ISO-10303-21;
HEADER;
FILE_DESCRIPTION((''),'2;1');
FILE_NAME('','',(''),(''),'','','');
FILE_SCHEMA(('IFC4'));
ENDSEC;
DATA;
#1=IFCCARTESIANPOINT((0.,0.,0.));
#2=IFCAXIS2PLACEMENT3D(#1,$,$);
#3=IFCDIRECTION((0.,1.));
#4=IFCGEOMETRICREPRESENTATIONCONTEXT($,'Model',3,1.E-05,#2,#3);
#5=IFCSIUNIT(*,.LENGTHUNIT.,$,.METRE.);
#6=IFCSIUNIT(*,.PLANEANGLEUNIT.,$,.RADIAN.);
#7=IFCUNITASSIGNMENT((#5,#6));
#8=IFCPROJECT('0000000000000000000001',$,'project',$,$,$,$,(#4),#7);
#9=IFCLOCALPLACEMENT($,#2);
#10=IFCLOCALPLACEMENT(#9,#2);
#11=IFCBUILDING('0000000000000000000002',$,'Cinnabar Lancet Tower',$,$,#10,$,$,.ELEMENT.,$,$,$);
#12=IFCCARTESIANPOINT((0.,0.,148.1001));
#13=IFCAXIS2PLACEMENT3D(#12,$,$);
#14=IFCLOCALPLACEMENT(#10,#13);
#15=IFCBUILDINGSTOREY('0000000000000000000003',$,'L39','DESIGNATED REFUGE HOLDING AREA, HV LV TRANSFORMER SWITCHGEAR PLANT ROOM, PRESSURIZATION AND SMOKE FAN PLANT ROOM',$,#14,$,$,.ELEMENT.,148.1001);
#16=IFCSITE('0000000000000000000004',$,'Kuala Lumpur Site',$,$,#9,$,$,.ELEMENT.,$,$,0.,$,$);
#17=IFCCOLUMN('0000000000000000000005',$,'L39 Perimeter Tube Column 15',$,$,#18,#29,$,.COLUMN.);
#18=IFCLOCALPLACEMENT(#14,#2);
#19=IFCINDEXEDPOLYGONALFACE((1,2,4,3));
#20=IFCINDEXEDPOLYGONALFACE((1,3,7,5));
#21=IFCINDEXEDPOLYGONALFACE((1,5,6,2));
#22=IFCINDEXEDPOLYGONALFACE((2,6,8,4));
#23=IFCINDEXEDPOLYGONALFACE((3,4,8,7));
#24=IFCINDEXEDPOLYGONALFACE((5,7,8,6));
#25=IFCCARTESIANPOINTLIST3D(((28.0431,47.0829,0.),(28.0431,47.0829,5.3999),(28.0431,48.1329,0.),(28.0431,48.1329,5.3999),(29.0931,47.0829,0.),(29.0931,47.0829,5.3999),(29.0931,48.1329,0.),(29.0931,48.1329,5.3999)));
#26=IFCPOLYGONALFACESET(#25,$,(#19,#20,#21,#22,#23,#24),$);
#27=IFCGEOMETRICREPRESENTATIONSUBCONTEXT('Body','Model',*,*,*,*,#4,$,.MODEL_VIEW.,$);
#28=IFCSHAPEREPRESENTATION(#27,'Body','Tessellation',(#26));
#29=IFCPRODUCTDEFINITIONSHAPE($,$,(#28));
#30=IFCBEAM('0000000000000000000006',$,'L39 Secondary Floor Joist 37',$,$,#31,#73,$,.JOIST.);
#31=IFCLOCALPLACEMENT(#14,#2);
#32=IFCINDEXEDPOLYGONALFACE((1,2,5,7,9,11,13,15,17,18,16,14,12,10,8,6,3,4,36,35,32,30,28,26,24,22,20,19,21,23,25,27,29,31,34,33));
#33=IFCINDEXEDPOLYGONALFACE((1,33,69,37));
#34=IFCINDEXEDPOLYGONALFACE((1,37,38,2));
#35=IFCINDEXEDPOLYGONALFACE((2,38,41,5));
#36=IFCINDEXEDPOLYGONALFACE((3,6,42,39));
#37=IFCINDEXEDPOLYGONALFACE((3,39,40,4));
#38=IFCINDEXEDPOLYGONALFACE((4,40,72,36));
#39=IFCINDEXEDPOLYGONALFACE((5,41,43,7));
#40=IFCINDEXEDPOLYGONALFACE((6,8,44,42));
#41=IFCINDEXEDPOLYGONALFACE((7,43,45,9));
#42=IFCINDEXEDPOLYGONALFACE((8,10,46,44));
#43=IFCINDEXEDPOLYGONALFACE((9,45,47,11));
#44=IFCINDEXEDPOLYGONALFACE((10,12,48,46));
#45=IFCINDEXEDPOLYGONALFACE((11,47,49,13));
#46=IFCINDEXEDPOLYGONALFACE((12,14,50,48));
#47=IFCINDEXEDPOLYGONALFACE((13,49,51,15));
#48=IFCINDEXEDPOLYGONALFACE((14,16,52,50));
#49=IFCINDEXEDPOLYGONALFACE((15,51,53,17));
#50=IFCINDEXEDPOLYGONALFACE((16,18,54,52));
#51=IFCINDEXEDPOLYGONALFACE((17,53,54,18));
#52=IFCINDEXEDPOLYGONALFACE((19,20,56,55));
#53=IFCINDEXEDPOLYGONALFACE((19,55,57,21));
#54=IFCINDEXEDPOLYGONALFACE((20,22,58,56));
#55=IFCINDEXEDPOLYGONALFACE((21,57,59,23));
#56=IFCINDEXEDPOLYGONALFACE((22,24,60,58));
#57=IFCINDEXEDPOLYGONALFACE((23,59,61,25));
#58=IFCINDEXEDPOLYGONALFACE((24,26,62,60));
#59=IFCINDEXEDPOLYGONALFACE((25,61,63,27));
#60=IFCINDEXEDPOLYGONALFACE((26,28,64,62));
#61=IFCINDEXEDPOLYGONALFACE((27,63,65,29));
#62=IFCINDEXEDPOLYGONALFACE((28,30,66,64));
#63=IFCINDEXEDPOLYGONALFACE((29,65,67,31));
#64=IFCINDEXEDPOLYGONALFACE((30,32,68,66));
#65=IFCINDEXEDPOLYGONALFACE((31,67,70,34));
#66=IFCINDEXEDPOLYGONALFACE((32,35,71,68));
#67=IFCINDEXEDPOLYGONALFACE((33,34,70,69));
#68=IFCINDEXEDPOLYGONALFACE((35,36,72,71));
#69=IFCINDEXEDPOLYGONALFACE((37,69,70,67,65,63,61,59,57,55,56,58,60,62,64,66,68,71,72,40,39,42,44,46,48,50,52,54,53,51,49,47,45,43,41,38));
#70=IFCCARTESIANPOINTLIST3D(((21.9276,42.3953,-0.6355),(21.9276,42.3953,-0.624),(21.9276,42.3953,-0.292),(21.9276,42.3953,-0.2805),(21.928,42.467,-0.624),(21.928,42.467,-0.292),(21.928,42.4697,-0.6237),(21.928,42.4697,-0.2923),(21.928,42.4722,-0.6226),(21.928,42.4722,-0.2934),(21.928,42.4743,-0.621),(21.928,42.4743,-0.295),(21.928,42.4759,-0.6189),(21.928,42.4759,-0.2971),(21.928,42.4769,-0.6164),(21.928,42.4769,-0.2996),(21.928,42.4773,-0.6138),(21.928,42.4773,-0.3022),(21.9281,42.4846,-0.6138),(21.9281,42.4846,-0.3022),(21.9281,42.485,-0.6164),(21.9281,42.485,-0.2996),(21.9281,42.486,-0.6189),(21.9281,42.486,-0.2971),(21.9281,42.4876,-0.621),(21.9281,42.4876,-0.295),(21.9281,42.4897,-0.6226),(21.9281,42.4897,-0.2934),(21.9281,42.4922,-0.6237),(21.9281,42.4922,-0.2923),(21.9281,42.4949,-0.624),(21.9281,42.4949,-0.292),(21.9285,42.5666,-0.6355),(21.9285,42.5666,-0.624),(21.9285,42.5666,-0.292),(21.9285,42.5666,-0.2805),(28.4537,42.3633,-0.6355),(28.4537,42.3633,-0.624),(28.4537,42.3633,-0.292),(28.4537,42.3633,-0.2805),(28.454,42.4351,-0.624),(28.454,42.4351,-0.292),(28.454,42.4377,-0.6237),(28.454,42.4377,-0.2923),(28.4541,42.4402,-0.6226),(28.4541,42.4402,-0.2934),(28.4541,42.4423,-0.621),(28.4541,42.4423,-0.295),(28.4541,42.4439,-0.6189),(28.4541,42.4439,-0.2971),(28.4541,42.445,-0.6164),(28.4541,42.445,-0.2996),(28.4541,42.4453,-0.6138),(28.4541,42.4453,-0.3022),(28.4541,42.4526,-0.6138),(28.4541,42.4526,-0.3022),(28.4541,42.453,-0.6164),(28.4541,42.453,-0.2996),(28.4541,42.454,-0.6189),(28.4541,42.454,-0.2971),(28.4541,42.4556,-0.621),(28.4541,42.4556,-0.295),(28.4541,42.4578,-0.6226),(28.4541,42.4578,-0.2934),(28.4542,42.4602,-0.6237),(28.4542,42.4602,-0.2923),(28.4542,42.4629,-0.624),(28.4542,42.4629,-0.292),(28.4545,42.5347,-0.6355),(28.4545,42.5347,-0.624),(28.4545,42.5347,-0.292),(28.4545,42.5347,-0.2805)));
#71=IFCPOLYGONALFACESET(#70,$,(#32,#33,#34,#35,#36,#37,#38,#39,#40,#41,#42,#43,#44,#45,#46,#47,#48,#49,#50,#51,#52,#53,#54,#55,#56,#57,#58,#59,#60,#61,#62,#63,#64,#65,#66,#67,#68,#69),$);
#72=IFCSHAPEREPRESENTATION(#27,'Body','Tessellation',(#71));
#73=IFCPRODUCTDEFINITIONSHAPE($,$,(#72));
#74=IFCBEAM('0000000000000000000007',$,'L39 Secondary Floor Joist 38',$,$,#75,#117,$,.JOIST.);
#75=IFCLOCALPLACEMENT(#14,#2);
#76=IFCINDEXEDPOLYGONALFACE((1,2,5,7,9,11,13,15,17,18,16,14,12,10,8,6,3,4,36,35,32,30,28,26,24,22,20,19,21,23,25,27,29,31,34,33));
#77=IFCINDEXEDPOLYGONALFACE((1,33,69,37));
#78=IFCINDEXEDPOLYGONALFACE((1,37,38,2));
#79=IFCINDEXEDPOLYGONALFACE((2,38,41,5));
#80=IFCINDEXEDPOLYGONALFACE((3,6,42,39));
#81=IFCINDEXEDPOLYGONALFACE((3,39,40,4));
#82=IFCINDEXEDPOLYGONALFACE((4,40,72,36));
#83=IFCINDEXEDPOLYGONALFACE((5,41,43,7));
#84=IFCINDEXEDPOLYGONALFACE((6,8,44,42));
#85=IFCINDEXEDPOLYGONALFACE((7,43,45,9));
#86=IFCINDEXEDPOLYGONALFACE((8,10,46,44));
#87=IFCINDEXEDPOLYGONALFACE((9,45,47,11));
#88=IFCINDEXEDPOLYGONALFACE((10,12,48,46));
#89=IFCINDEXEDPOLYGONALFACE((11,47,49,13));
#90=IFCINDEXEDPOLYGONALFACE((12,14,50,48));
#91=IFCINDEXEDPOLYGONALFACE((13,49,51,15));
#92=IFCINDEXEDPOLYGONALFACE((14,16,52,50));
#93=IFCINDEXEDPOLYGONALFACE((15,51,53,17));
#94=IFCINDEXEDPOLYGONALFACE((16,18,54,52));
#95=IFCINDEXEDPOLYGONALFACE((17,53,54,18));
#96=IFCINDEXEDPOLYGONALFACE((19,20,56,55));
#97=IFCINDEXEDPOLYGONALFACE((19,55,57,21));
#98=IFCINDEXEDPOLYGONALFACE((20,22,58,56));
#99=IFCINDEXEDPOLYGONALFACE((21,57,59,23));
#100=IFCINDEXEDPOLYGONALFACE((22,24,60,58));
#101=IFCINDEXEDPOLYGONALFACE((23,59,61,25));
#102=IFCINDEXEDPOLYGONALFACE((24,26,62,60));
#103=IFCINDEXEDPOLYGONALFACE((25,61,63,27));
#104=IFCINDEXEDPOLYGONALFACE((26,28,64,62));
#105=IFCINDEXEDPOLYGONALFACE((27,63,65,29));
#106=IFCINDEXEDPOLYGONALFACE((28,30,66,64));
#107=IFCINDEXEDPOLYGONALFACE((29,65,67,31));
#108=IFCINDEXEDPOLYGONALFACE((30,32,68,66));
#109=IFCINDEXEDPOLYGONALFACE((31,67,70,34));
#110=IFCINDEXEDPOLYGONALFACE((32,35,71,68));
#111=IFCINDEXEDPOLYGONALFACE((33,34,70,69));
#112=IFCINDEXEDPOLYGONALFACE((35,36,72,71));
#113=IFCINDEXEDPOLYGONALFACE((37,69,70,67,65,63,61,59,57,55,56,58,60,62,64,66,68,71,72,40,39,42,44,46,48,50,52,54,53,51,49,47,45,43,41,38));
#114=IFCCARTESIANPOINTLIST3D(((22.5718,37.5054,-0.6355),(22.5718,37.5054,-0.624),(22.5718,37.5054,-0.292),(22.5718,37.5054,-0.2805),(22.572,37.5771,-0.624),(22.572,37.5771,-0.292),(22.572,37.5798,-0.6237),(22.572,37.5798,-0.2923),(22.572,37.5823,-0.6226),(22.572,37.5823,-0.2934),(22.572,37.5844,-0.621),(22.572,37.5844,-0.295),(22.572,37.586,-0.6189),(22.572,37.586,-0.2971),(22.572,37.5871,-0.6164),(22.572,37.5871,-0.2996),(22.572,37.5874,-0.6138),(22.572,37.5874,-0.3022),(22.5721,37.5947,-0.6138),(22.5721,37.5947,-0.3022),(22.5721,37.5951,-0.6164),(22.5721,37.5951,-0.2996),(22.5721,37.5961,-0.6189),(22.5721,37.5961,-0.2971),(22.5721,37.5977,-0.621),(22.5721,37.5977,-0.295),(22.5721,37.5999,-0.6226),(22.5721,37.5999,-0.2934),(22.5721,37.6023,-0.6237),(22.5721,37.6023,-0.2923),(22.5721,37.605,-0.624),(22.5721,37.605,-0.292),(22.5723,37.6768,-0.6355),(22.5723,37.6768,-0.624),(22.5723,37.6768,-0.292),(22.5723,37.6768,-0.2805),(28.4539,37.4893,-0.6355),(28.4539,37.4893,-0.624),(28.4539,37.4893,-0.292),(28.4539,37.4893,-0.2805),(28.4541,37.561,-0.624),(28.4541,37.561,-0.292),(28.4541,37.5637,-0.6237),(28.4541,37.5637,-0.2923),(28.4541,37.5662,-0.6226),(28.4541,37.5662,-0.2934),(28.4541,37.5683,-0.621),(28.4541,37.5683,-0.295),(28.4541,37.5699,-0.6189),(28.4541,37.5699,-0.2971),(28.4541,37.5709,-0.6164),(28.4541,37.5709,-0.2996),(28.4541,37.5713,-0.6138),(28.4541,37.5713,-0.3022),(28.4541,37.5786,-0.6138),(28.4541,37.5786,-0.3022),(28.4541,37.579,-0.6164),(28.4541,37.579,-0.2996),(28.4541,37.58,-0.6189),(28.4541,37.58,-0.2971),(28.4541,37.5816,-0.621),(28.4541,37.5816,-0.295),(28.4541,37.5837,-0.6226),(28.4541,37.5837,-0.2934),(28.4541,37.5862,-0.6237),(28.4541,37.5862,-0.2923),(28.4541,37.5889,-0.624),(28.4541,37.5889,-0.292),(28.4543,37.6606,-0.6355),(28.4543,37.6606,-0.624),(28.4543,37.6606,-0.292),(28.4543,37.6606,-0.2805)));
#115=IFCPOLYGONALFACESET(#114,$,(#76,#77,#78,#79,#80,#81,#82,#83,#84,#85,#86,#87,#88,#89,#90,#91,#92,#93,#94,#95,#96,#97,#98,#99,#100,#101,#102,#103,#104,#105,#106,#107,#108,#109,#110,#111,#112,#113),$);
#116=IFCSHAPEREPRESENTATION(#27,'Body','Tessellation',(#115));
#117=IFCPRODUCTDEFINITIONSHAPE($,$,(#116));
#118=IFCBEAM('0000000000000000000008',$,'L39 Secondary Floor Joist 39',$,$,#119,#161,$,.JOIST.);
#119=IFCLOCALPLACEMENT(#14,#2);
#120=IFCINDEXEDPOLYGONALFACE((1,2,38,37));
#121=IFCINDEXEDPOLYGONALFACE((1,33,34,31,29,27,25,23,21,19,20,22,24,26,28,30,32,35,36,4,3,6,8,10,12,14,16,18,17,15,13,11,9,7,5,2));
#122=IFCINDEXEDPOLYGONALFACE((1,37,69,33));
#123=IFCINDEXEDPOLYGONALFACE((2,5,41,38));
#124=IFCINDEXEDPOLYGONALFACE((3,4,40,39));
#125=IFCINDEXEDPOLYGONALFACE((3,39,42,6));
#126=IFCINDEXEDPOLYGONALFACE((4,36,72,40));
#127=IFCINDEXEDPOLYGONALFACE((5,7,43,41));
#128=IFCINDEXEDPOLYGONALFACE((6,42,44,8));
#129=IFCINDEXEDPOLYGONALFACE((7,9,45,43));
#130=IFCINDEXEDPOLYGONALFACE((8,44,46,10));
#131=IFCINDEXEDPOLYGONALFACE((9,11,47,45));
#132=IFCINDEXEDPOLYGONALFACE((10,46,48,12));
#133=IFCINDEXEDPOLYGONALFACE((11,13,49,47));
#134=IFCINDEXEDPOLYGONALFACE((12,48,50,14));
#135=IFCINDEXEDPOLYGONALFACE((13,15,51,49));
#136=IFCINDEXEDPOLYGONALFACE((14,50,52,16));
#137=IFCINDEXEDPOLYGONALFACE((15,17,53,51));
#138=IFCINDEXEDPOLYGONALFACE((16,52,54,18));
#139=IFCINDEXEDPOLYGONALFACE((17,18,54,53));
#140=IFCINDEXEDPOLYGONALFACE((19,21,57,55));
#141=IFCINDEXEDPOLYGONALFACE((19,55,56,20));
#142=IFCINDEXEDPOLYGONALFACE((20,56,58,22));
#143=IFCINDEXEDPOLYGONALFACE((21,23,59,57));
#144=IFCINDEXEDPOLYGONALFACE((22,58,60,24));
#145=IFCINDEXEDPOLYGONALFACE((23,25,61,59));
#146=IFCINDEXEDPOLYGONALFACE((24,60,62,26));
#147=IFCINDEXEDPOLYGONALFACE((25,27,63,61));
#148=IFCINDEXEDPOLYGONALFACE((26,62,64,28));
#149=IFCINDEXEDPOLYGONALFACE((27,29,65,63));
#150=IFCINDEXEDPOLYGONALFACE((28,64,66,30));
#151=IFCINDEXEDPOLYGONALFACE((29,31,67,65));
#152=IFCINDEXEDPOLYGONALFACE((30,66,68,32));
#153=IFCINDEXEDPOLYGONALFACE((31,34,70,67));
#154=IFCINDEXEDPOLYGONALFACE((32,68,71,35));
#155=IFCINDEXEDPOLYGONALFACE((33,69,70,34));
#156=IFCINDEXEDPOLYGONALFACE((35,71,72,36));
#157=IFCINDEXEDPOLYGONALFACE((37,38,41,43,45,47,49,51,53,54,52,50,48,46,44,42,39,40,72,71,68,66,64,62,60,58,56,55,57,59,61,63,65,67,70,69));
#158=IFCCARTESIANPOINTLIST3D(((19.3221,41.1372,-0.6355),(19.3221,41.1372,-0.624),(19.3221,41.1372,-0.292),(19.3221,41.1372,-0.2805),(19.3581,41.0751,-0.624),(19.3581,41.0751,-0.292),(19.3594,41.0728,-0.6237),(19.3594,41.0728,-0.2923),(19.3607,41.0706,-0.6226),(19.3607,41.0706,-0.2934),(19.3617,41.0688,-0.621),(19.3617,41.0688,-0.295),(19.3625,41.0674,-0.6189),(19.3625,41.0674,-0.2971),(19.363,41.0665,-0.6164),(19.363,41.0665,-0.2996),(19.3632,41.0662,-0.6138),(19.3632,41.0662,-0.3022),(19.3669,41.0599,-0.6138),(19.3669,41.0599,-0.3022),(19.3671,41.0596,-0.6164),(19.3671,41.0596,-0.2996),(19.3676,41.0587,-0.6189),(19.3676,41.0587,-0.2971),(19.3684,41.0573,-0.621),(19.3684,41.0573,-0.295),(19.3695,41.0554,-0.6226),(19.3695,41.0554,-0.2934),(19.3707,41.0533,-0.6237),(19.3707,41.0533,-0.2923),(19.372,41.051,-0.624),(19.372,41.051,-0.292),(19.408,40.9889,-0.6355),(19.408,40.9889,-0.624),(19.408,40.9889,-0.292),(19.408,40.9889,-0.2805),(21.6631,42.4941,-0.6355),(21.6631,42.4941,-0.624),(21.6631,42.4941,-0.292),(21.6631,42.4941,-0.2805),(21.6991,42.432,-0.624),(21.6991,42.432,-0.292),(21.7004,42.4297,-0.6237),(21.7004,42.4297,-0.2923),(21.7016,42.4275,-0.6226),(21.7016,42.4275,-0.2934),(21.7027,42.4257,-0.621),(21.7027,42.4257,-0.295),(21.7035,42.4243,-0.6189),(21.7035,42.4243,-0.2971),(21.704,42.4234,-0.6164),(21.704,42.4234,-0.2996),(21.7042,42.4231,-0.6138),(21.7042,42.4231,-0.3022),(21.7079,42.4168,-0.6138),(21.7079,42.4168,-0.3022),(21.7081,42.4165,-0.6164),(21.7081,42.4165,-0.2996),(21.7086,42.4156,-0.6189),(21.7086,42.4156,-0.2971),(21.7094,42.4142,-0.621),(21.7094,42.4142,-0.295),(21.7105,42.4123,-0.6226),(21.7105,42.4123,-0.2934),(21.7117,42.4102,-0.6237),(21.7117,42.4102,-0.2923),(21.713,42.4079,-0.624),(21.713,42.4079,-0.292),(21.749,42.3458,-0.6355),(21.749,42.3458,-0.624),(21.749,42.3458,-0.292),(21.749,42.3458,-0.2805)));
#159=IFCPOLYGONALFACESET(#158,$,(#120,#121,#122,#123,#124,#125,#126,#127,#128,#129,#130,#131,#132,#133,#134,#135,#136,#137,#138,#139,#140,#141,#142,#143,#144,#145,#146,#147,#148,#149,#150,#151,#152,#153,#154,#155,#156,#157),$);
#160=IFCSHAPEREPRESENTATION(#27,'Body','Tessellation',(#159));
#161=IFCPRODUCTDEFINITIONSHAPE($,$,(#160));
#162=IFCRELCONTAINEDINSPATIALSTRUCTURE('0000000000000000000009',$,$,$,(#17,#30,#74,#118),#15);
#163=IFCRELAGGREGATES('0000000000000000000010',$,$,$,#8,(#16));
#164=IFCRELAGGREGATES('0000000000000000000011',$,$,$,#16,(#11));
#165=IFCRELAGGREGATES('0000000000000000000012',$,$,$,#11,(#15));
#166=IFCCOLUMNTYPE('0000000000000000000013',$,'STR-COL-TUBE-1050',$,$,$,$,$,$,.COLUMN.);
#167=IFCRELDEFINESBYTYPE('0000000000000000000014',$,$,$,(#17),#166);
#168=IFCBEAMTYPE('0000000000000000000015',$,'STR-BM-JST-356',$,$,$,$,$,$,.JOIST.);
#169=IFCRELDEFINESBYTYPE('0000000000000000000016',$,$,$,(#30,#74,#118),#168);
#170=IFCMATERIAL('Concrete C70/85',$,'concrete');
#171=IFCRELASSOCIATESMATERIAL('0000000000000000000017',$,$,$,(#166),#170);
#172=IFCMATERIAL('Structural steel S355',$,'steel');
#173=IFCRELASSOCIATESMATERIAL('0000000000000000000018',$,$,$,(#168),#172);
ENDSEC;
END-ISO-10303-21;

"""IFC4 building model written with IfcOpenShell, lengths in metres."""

from ifc_helpers import new_model, si_unit, direction, frame, origin, origin_2d, place, context, subcontext, project, spatial, rectangle, i_section, extrude, material, material_profile, profile_set, type_object, element, save


model = new_model("IFC4")

# Units and contexts
model_context = context("Model", 3, precision=1e-05, world=origin(), true_north=direction((0.0, 1.0)))
body_context = subcontext(model_context, "Body", "Model", "MODEL_VIEW")
ifc_project = project(units=[si_unit("LENGTHUNIT", "METRE"), si_unit("PLANEANGLEUNIT", "RADIAN")], contexts=[model_context])

# Site, building, storey
site_placement = place(None, origin())
site = spatial("IfcSite", under=ifc_project, at=site_placement, Name="Kuala Lumpur Site", CompositionType="ELEMENT", RefElevation=0.0)
building_placement = place(site_placement, origin())
building = spatial("IfcBuilding", under=site, at=building_placement, Name="Cinnabar Lancet Tower", CompositionType="ELEMENT")
storey_placement = place(building_placement, frame((0.0, 0.0, 148.1001)))
storey = spatial("IfcBuildingStorey", under=building, at=storey_placement, Name="L39", Description="DESIGNATED REFUGE HOLDING AREA, HV LV TRANSFORMER SWITCHGEAR PLANT ROOM, PRESSURIZATION AND SMOKE FAN PLANT ROOM", CompositionType="ELEMENT", Elevation=148.1001)

# Column
ifc_material_1 = material(Name="Concrete C70/85", Category="concrete")
ifc_material_profile_1 = material_profile(ifc_material_1, rectangle(XDim=1.05, YDim=1.05, at=origin_2d()), Name="RC-COL 1050x1050")
ifc_profile_set_1 = profile_set([ifc_material_profile_1], Name="Concrete C70/85")
column_type = type_object("IfcColumnType", Name="STR-COL-TUBE-1050", PredefinedType="COLUMN", material=ifc_profile_set_1)
column_placement = place(storey_placement, frame((28.5681, 47.6079, 0.0), z_axis=(0.0, 0.0, 1.0), x_axis=(1.0, 0.0, 0.0)))
element("IfcColumn", 1, at=column_placement, inside=storey, type_object=column_type, Name="L39 Perimeter Tube Column 15", PredefinedType="COLUMN", context=body_context, shape_type="SweptSolid", body=[
    extrude(rectangle(XDim=1.05, YDim=1.05, at=origin_2d()), origin(), (0.0, 0.0, 1.0), 5.3999),
])

# Beams
ifc_material_2 = material(Name="Structural steel S355", Category="steel")
ifc_material_profile_2 = material_profile(ifc_material_2, i_section(OverallWidth=0.1714, OverallDepth=0.355, WebThickness=0.0073, FlangeThickness=0.0115, FilletRadius=0.0103, at=origin_2d()), Name="UKB 356x171x51")
ifc_profile_set_2 = profile_set([ifc_material_profile_2], Name="Structural steel S355")
beam_type_1 = type_object("IfcBeamType", Name="STR-BM-JST-356", PredefinedType="JOIST", material=ifc_profile_set_2)
beam_1_placement = place(storey_placement, frame((28.4541, 42.449, -0.458), z_axis=(-0.999988, 0.004901, 0.0), x_axis=(-0.004901, -0.999988, 0.0)))
element("IfcBeam", 2, at=beam_1_placement, inside=storey, type_object=beam_type_1, Name="L39 Secondary Floor Joist 37", PredefinedType="JOIST", context=body_context, shape_type="SweptSolid", body=[
    extrude(i_section(OverallWidth=0.1714, OverallDepth=0.355, WebThickness=0.0073, FlangeThickness=0.0115, FilletRadius=0.0103, at=origin_2d()), origin(), (0.0, 0.0, 1.0), 6.5261),
])
beam_2_placement = place(storey_placement, frame((28.4541, 37.575, -0.458), z_axis=(-0.999996, 0.002739, 0.0), x_axis=(-0.002739, -0.999996, 0.0)))
element("IfcBeam", 3, at=beam_2_placement, inside=storey, type_object=beam_type_1, Name="L39 Secondary Floor Joist 38", PredefinedType="JOIST", context=body_context, shape_type="SweptSolid", body=[
    extrude(i_section(OverallWidth=0.1714, OverallDepth=0.355, WebThickness=0.0073, FlangeThickness=0.0115, FilletRadius=0.0103, at=origin_2d()), origin(), (0.0, 0.0, 1.0), 5.8821),
])
beam_3_placement = place(storey_placement, frame((21.7061, 42.4199, -0.458), z_axis=(-0.865173, -0.501474, 0.0), x_axis=(0.501474, -0.865173, 0.0)))
element("IfcBeam", 4, at=beam_3_placement, inside=storey, type_object=beam_type_1, Name="L39 Secondary Floor Joist 39", PredefinedType="JOIST", context=body_context, shape_type="SweptSolid", body=[
    extrude(i_section(OverallWidth=0.1714, OverallDepth=0.355, WebThickness=0.0073, FlangeThickness=0.0115, FilletRadius=0.0103, at=origin_2d()), origin(), (0.0, 0.0, 1.0), 2.7058),
])

save(model, "model.ifc")
